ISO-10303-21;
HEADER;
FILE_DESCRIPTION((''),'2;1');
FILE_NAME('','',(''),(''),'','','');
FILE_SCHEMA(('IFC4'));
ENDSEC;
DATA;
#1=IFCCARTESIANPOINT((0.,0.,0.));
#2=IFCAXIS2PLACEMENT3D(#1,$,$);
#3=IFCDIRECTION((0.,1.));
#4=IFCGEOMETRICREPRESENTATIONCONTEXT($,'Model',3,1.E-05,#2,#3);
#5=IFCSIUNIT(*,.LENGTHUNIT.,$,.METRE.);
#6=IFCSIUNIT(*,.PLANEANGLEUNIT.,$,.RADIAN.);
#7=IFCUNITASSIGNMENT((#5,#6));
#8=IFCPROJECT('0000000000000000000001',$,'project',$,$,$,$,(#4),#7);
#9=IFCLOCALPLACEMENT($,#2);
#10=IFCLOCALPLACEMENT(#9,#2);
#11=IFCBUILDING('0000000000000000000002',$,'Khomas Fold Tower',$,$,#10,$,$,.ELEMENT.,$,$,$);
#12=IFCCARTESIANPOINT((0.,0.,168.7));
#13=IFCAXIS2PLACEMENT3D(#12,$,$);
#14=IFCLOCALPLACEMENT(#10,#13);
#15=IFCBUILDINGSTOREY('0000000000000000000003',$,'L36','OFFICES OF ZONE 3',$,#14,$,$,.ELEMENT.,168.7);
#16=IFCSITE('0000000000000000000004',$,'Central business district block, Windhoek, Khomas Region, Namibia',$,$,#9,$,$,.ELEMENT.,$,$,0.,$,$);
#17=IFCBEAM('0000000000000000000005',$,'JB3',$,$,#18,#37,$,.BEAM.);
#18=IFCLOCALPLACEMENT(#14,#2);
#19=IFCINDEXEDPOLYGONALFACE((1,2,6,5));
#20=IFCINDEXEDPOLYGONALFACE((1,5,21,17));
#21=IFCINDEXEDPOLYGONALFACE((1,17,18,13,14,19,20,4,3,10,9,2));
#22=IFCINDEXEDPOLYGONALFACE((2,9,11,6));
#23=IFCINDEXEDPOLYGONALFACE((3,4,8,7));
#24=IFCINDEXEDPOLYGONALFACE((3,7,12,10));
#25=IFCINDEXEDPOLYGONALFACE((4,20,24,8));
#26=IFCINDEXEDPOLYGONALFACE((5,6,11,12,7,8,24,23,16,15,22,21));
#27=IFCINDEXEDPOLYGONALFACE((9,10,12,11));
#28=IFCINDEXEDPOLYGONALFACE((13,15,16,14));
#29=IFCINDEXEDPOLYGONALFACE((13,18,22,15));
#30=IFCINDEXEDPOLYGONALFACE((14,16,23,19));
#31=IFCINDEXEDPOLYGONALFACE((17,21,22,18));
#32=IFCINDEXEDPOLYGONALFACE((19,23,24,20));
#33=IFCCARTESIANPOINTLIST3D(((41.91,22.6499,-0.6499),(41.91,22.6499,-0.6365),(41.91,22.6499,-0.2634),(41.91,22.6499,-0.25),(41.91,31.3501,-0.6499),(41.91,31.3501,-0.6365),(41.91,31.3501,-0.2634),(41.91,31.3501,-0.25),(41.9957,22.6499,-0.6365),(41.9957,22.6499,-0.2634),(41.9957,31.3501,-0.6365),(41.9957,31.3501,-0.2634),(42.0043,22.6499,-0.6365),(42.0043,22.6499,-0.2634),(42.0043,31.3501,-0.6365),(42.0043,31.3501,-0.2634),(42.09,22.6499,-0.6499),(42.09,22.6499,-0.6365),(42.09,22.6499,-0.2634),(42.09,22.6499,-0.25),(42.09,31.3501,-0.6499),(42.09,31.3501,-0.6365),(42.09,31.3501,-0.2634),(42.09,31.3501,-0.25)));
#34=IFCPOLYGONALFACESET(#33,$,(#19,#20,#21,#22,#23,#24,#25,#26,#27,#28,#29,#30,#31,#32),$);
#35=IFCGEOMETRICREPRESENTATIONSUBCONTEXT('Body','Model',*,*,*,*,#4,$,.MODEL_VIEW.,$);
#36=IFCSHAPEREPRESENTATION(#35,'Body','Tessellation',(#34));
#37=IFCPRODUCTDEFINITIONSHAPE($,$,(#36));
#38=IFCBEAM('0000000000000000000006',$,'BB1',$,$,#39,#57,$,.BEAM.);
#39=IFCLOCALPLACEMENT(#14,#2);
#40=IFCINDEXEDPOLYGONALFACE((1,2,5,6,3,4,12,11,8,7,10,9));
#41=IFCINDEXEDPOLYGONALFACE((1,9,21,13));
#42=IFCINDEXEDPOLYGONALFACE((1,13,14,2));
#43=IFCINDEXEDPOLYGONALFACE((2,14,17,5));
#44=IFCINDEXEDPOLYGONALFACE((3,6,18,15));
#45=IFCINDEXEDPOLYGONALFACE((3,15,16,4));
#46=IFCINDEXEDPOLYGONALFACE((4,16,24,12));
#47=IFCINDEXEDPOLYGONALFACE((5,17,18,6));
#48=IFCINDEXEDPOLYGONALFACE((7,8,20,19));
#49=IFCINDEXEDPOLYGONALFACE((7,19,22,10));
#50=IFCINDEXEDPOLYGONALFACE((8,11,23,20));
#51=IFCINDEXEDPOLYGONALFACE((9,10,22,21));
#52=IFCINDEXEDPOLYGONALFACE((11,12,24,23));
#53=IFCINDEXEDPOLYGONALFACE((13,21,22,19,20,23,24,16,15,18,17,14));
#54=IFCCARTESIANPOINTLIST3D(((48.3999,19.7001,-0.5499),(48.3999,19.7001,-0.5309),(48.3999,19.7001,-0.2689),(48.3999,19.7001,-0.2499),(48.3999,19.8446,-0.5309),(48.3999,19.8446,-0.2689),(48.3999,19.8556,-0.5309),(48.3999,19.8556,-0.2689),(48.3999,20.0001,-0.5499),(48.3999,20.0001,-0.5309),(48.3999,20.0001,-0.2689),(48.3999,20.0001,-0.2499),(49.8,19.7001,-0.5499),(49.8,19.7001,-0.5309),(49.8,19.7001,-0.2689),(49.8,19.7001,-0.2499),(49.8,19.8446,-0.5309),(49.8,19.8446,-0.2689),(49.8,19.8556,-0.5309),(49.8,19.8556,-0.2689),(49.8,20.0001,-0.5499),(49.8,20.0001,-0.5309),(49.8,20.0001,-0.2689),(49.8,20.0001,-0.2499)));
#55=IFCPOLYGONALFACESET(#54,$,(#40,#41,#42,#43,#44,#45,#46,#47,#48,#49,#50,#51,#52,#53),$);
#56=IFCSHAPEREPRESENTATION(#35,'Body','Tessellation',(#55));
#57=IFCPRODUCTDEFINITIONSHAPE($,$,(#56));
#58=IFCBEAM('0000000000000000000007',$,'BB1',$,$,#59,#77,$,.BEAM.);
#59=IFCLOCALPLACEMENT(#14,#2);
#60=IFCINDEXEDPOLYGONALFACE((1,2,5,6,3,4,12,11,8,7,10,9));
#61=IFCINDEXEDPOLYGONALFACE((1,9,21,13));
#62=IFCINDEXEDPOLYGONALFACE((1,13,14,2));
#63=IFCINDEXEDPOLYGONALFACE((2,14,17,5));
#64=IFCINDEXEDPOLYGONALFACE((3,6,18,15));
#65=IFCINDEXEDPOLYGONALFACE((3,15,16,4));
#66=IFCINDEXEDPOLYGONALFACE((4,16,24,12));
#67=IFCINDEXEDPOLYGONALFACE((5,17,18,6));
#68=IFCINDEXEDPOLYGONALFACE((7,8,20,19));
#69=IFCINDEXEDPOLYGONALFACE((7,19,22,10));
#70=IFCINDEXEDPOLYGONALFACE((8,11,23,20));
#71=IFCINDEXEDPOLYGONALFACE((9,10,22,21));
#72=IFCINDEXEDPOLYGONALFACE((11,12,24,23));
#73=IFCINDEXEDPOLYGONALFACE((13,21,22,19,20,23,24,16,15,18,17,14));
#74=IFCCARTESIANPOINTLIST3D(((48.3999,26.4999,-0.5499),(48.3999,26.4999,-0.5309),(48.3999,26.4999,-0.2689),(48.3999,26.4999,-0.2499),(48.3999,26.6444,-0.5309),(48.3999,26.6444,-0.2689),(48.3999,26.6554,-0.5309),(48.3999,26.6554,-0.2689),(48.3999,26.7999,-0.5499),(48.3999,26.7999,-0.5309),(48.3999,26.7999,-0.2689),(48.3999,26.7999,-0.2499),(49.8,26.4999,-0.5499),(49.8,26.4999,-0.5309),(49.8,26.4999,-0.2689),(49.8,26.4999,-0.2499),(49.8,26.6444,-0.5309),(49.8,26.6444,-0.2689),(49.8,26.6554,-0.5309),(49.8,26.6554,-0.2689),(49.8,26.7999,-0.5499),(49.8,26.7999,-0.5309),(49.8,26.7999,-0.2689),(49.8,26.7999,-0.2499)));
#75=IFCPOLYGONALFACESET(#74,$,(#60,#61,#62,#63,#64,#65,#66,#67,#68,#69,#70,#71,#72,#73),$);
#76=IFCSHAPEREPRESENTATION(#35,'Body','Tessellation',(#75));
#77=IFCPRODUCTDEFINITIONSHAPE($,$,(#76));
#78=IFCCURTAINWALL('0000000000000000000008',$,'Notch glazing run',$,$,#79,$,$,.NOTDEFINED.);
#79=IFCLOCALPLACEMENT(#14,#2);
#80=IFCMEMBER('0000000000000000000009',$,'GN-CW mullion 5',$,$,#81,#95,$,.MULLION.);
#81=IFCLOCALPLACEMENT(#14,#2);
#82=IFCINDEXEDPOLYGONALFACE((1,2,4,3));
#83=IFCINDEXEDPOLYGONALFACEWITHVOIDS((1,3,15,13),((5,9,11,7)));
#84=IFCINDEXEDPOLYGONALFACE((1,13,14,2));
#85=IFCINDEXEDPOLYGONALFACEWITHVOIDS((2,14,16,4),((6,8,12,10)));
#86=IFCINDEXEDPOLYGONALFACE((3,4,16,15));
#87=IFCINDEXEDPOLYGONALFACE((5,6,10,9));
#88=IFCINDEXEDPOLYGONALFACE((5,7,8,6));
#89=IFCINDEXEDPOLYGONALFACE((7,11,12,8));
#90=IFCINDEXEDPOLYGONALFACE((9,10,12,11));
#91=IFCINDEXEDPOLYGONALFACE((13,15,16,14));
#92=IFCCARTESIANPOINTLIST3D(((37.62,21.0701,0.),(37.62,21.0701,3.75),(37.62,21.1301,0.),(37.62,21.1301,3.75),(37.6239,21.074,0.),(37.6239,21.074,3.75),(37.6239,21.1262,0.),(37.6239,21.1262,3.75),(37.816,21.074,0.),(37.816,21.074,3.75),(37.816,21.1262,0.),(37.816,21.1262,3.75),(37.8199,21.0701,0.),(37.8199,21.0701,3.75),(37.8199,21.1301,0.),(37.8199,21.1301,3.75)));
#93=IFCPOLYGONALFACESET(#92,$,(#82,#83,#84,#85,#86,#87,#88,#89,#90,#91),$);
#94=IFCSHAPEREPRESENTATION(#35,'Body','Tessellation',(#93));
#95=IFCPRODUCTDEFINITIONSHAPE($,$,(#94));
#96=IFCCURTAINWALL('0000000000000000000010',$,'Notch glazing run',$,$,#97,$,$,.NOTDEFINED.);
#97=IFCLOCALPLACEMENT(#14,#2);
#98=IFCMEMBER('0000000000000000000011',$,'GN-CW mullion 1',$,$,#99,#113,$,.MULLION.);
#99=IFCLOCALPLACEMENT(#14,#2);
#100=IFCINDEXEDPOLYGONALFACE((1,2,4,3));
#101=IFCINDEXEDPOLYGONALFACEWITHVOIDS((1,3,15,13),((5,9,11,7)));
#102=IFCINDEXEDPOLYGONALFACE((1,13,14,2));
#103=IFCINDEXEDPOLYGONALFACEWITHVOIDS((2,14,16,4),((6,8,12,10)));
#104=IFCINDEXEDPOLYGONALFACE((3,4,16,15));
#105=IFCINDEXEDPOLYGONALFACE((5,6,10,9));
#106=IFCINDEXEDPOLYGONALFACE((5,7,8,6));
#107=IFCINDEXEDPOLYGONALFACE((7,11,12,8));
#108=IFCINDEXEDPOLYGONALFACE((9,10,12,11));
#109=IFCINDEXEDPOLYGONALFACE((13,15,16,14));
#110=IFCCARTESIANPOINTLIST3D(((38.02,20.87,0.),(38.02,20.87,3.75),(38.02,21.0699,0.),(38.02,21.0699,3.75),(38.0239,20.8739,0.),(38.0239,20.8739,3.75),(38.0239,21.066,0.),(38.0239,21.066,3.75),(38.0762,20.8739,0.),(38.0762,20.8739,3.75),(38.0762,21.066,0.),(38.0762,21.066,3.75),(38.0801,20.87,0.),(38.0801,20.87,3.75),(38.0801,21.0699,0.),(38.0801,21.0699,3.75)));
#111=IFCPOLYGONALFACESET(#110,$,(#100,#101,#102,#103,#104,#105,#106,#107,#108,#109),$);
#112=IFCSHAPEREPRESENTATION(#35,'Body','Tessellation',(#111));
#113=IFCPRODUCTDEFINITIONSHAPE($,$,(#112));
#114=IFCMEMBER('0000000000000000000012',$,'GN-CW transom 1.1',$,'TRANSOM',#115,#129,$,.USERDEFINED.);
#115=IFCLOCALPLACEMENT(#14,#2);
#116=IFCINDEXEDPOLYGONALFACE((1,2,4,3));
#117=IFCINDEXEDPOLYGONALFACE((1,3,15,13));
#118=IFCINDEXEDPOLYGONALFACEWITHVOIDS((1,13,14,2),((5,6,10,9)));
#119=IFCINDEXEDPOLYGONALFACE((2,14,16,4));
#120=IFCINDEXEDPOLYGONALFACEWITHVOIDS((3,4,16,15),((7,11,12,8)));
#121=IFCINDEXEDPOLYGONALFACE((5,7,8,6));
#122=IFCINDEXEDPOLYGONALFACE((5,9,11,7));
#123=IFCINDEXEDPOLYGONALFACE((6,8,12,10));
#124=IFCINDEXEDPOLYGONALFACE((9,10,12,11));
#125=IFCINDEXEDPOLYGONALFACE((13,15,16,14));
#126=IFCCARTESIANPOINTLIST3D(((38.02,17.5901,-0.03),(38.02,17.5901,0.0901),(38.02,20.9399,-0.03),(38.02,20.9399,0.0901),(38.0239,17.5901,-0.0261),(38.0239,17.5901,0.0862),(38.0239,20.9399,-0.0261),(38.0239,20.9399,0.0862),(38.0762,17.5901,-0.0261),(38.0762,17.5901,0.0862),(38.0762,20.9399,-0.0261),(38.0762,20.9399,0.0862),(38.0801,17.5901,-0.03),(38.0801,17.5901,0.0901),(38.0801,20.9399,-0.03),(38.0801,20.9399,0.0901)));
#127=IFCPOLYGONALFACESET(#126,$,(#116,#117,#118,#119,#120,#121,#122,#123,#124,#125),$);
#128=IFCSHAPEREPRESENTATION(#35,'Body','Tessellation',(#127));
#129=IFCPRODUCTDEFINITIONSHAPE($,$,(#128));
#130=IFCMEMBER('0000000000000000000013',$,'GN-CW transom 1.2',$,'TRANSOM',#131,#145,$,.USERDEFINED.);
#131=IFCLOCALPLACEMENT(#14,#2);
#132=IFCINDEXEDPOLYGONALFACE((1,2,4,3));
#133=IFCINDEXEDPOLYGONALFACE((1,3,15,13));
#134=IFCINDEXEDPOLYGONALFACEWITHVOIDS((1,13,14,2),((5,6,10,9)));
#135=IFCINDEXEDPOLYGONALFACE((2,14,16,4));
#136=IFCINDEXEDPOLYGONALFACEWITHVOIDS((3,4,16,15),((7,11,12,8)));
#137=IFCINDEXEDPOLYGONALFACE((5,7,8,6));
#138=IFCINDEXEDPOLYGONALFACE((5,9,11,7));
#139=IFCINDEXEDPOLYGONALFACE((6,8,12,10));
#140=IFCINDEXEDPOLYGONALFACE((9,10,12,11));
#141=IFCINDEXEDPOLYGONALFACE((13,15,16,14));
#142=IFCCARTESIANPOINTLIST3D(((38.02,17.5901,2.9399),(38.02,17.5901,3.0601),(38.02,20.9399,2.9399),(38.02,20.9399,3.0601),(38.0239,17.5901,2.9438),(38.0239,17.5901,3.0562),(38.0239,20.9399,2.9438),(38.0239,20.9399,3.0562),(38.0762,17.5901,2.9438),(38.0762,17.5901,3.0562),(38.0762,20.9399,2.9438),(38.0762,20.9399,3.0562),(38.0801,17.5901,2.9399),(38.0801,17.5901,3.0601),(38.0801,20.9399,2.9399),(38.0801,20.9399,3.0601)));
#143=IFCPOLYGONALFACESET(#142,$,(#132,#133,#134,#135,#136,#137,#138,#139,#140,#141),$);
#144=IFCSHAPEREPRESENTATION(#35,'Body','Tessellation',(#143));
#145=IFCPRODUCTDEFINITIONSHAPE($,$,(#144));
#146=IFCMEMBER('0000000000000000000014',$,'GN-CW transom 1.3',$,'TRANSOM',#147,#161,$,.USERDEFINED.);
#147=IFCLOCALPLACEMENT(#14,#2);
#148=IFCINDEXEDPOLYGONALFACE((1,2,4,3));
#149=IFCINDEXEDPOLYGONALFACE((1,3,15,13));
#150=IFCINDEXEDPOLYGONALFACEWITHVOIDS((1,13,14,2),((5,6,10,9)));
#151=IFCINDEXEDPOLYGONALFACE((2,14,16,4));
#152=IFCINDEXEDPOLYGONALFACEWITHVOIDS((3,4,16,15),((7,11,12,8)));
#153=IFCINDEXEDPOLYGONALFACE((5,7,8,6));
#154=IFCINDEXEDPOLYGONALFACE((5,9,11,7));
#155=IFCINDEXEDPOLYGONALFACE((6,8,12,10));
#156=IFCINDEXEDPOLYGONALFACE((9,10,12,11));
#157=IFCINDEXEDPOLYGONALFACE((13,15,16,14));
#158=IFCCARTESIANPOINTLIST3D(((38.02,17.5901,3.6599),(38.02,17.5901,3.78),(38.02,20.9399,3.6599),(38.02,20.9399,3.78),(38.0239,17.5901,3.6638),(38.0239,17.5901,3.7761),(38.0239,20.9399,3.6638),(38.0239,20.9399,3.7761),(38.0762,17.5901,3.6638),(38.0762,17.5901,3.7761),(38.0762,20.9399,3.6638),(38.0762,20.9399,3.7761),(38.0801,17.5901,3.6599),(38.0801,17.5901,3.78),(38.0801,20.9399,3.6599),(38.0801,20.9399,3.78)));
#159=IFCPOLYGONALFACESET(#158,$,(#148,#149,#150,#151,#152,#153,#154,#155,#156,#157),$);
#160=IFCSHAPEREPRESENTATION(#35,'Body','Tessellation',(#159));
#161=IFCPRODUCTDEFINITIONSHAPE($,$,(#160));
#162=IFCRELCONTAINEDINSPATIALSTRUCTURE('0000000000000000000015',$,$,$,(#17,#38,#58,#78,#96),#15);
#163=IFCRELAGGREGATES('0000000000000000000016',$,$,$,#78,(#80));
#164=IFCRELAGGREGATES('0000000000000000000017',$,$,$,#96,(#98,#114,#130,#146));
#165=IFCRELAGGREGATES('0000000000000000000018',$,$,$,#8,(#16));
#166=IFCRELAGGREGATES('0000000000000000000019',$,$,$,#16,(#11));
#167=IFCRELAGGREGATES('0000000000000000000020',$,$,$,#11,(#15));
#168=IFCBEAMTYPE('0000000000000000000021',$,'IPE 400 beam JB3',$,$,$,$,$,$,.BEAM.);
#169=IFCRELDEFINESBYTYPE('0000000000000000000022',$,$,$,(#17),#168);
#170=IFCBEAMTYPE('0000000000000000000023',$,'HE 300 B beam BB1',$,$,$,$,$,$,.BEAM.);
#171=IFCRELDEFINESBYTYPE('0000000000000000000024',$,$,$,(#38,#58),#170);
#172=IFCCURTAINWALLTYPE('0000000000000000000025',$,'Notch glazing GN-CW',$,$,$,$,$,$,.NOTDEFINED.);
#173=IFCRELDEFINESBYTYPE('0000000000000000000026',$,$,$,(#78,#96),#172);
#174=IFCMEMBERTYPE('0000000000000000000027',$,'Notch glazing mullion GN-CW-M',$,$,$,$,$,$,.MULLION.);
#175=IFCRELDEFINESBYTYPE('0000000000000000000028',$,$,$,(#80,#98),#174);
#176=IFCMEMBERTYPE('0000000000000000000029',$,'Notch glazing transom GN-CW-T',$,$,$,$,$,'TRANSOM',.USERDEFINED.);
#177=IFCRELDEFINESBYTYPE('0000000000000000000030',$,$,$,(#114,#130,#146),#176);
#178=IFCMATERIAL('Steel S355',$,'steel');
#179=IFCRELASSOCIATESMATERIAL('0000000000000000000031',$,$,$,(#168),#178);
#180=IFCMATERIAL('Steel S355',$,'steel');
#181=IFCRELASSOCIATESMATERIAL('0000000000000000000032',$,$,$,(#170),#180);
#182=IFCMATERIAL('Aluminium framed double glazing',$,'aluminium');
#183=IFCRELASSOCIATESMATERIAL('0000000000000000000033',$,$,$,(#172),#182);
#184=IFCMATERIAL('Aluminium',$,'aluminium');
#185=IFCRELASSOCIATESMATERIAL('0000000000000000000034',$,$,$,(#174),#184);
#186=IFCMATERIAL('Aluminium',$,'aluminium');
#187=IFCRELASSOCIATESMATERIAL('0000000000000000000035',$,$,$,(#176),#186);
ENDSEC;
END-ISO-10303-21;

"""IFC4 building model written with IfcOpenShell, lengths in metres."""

from ifc_helpers import new_model, si_unit, direction, frame, origin, origin_2d, place, context, subcontext, project, spatial, hollow_rectangle, i_section, extrude, source, transform, mapped, material, material_profile, profile_set, type_object, element, aggregate, save


model = new_model("IFC4")

# Units and contexts
model_context = context("Model", 3, precision=1e-05, world=origin(), true_north=direction((0.0, 1.0)))
body_context = subcontext(model_context, "Body", "Model", "MODEL_VIEW")
ifc_project = project(units=[si_unit("LENGTHUNIT", "METRE"), si_unit("PLANEANGLEUNIT", "RADIAN")], contexts=[model_context])

# Site, building, storey
site_placement = place(None, origin())
site = spatial("IfcSite", under=ifc_project, at=site_placement, Name="Central business district block, Windhoek, Khomas Region, Namibia", CompositionType="ELEMENT", RefElevation=0.0)
building_placement = place(site_placement, origin())
building = spatial("IfcBuilding", under=site, at=building_placement, Name="Khomas Fold Tower", CompositionType="ELEMENT")
storey_placement = place(building_placement, frame((0.0, 0.0, 168.7)))
storey = spatial("IfcBuildingStorey", under=building, at=storey_placement, Name="L36", Description="OFFICES OF ZONE 3", CompositionType="ELEMENT", Elevation=168.7)

# Beams
ifc_material_1 = material(Name="Steel S355", Category="steel")
ifc_material_profile_1 = material_profile(ifc_material_1, i_section(OverallWidth=0.1799, OverallDepth=0.3999, WebThickness=0.0085, FlangeThickness=0.0134, at=origin_2d()), Name="IPE 400")
ifc_profile_set_1 = profile_set([ifc_material_profile_1], Name="Steel S355")
beam_type_1 = type_object("IfcBeamType", Name="IPE 400 beam JB3", PredefinedType="BEAM", material=ifc_profile_set_1)
shared_shape_1 = source(origin(), body_context, "Body", "SweptSolid", [
    extrude(i_section(OverallWidth=0.1799, OverallDepth=0.3999, WebThickness=0.0085, FlangeThickness=0.0134, at=origin_2d()), origin(), (0.0, 0.0, 1.0), 8.7002),
])
beam_placement = place(storey_placement, frame((42.0, 22.6499, -0.45), z_axis=(0.0, 1.0, 0.0), x_axis=(-1.0, 0.0, 0.0)))
element("IfcBeam", 1, at=beam_placement, inside=storey, type_object=beam_type_1, Name="JB3", PredefinedType="BEAM", context=body_context, shape_type="MappedRepresentation", body=[
    mapped(shared_shape_1, transform((0.0, 0.0, 0.0))),
])
ifc_material_2 = material(Name="Steel S355", Category="steel")
ifc_material_profile_2 = material_profile(ifc_material_2, i_section(OverallWidth=0.3, OverallDepth=0.3, WebThickness=0.011, FlangeThickness=0.019, at=origin_2d()), Name="HE 300 B")
ifc_profile_set_2 = profile_set([ifc_material_profile_2], Name="Steel S355")
beam_type_2 = type_object("IfcBeamType", Name="HE 300 B beam BB1", PredefinedType="BEAM", material=ifc_profile_set_2)
shared_shape_2 = source(origin(), body_context, "Body", "SweptSolid", [
    extrude(i_section(OverallWidth=0.3, OverallDepth=0.3, WebThickness=0.011, FlangeThickness=0.019, at=origin_2d()), origin(), (0.0, 0.0, 1.0), 1.4001),
])
for number, where, z_axis, x_axis, name in (
    (2, (48.3999, 19.8501, -0.3999), (1.0, 0.0, 0.0), (0.0, 1.0, 0.0), "BB1"),
    (3, (48.3999, 26.6499, -0.3999), (1.0, 0.0, 0.0), (0.0, 1.0, 0.0), "BB1"),
):
    element("IfcBeam", number, at=place(storey_placement, frame(where, z_axis=z_axis, x_axis=x_axis)), inside=storey, type_object=beam_type_2, Name=name, PredefinedType="BEAM", context=body_context, shape_type="MappedRepresentation", body=[
        mapped(shared_shape_2, transform((0.0, 0.0, 0.0))),
    ])

# Curtain wall, member
ifc_material_3 = material(Name="Aluminium framed double glazing", Category="aluminium")
curtain_wall_type = type_object("IfcCurtainWallType", Name="Notch glazing GN-CW", PredefinedType="NOTDEFINED", material=ifc_material_3)
curtain_wall_1_placement = place(storey_placement, origin())
curtain_wall_1 = element("IfcCurtainWall", 4, at=curtain_wall_1_placement, inside=storey, type_object=curtain_wall_type, Name="Notch glazing run", PredefinedType="NOTDEFINED")
ifc_material_4 = material(Name="Aluminium", Category="aluminium")
ifc_material_profile_3 = material_profile(ifc_material_4, hollow_rectangle(XDim=0.0601, YDim=0.2, WallThickness=0.0039, at=origin_2d()), Name="Notch glazing mullion GN-CW-M")
ifc_profile_set_3 = profile_set([ifc_material_profile_3], Name="Aluminium")
member_type_1 = type_object("IfcMemberType", Name="Notch glazing mullion GN-CW-M", PredefinedType="MULLION", material=ifc_profile_set_3)
shared_shape_3 = source(origin(), body_context, "Body", "SweptSolid", [
    extrude(hollow_rectangle(XDim=0.0601, YDim=0.2, WallThickness=0.0039, at=origin_2d()), origin(), (0.0, 0.0, 1.0), 3.75),
])
member_1_placement = place(storey_placement, frame((37.72, 21.1001, 0.0), z_axis=(0.0, 0.0, 1.0), x_axis=(0.0, 1.0, 0.0)))
member_1 = element("IfcMember", 5, at=member_1_placement, type_object=member_type_1, Name="GN-CW mullion 5", PredefinedType="MULLION", context=body_context, shape_type="MappedRepresentation", body=[
    mapped(shared_shape_3, transform((0.0, 0.0, 0.0))),
])
aggregate(curtain_wall_1, [member_1])

# Curtain wall, members
curtain_wall_2_placement = place(storey_placement, origin())
curtain_wall_2 = element("IfcCurtainWall", 6, at=curtain_wall_2_placement, inside=storey, type_object=curtain_wall_type, Name="Notch glazing run", PredefinedType="NOTDEFINED")
member_2_placement = place(storey_placement, frame((38.05, 20.97, 0.0), z_axis=(0.0, 0.0, 1.0), x_axis=(1.0, 0.0, 0.0)))
member_2 = element("IfcMember", 7, at=member_2_placement, type_object=member_type_1, Name="GN-CW mullion 1", PredefinedType="MULLION", context=body_context, shape_type="MappedRepresentation", body=[
    mapped(shared_shape_3, transform((0.0, 0.0, 0.0))),
])
ifc_material_5 = material(Name="Aluminium", Category="aluminium")
ifc_material_profile_4 = material_profile(ifc_material_5, hollow_rectangle(XDim=0.0601, YDim=0.1201, WallThickness=0.0039, at=origin_2d()), Name="Notch glazing transom GN-CW-T")
ifc_profile_set_4 = profile_set([ifc_material_profile_4], Name="Aluminium")
member_type_2 = type_object("IfcMemberType", Name="Notch glazing transom GN-CW-T", ElementType="TRANSOM", PredefinedType="USERDEFINED", material=ifc_profile_set_4)
shared_shape_4 = source(origin(), body_context, "Body", "SweptSolid", [
    extrude(hollow_rectangle(XDim=0.0601, YDim=0.1201, WallThickness=0.0039, at=origin_2d()), origin(), (0.0, 0.0, 1.0), 3.3499),
])
member_3_placement = place(storey_placement, frame((38.05, 20.9399, 0.03), z_axis=(0.0, -1.0, 0.0), x_axis=(1.0, 0.0, 0.0)))
member_3 = element("IfcMember", 8, at=member_3_placement, type_object=member_type_2, Name="GN-CW transom 1.1", ObjectType="TRANSOM", PredefinedType="USERDEFINED", context=body_context, shape_type="MappedRepresentation", body=[
    mapped(shared_shape_4, transform((0.0, 0.0, 0.0))),
])
member_4_placement = place(storey_placement, frame((38.05, 20.9399, 3.0), z_axis=(0.0, -1.0, 0.0), x_axis=(1.0, 0.0, 0.0)))
member_4 = element("IfcMember", 9, at=member_4_placement, type_object=member_type_2, Name="GN-CW transom 1.2", ObjectType="TRANSOM", PredefinedType="USERDEFINED", context=body_context, shape_type="MappedRepresentation", body=[
    mapped(shared_shape_4, transform((0.0, 0.0, 0.0))),
])
member_5_placement = place(storey_placement, frame((38.05, 20.9399, 3.72), z_axis=(0.0, -1.0, 0.0), x_axis=(1.0, 0.0, 0.0)))
member_5 = element("IfcMember", 10, at=member_5_placement, type_object=member_type_2, Name="GN-CW transom 1.3", ObjectType="TRANSOM", PredefinedType="USERDEFINED", context=body_context, shape_type="MappedRepresentation", body=[
    mapped(shared_shape_4, transform((0.0, 0.0, 0.0))),
])
aggregate(curtain_wall_2, [member_2, member_3, member_4, member_5])

save(model, "model.ifc")
